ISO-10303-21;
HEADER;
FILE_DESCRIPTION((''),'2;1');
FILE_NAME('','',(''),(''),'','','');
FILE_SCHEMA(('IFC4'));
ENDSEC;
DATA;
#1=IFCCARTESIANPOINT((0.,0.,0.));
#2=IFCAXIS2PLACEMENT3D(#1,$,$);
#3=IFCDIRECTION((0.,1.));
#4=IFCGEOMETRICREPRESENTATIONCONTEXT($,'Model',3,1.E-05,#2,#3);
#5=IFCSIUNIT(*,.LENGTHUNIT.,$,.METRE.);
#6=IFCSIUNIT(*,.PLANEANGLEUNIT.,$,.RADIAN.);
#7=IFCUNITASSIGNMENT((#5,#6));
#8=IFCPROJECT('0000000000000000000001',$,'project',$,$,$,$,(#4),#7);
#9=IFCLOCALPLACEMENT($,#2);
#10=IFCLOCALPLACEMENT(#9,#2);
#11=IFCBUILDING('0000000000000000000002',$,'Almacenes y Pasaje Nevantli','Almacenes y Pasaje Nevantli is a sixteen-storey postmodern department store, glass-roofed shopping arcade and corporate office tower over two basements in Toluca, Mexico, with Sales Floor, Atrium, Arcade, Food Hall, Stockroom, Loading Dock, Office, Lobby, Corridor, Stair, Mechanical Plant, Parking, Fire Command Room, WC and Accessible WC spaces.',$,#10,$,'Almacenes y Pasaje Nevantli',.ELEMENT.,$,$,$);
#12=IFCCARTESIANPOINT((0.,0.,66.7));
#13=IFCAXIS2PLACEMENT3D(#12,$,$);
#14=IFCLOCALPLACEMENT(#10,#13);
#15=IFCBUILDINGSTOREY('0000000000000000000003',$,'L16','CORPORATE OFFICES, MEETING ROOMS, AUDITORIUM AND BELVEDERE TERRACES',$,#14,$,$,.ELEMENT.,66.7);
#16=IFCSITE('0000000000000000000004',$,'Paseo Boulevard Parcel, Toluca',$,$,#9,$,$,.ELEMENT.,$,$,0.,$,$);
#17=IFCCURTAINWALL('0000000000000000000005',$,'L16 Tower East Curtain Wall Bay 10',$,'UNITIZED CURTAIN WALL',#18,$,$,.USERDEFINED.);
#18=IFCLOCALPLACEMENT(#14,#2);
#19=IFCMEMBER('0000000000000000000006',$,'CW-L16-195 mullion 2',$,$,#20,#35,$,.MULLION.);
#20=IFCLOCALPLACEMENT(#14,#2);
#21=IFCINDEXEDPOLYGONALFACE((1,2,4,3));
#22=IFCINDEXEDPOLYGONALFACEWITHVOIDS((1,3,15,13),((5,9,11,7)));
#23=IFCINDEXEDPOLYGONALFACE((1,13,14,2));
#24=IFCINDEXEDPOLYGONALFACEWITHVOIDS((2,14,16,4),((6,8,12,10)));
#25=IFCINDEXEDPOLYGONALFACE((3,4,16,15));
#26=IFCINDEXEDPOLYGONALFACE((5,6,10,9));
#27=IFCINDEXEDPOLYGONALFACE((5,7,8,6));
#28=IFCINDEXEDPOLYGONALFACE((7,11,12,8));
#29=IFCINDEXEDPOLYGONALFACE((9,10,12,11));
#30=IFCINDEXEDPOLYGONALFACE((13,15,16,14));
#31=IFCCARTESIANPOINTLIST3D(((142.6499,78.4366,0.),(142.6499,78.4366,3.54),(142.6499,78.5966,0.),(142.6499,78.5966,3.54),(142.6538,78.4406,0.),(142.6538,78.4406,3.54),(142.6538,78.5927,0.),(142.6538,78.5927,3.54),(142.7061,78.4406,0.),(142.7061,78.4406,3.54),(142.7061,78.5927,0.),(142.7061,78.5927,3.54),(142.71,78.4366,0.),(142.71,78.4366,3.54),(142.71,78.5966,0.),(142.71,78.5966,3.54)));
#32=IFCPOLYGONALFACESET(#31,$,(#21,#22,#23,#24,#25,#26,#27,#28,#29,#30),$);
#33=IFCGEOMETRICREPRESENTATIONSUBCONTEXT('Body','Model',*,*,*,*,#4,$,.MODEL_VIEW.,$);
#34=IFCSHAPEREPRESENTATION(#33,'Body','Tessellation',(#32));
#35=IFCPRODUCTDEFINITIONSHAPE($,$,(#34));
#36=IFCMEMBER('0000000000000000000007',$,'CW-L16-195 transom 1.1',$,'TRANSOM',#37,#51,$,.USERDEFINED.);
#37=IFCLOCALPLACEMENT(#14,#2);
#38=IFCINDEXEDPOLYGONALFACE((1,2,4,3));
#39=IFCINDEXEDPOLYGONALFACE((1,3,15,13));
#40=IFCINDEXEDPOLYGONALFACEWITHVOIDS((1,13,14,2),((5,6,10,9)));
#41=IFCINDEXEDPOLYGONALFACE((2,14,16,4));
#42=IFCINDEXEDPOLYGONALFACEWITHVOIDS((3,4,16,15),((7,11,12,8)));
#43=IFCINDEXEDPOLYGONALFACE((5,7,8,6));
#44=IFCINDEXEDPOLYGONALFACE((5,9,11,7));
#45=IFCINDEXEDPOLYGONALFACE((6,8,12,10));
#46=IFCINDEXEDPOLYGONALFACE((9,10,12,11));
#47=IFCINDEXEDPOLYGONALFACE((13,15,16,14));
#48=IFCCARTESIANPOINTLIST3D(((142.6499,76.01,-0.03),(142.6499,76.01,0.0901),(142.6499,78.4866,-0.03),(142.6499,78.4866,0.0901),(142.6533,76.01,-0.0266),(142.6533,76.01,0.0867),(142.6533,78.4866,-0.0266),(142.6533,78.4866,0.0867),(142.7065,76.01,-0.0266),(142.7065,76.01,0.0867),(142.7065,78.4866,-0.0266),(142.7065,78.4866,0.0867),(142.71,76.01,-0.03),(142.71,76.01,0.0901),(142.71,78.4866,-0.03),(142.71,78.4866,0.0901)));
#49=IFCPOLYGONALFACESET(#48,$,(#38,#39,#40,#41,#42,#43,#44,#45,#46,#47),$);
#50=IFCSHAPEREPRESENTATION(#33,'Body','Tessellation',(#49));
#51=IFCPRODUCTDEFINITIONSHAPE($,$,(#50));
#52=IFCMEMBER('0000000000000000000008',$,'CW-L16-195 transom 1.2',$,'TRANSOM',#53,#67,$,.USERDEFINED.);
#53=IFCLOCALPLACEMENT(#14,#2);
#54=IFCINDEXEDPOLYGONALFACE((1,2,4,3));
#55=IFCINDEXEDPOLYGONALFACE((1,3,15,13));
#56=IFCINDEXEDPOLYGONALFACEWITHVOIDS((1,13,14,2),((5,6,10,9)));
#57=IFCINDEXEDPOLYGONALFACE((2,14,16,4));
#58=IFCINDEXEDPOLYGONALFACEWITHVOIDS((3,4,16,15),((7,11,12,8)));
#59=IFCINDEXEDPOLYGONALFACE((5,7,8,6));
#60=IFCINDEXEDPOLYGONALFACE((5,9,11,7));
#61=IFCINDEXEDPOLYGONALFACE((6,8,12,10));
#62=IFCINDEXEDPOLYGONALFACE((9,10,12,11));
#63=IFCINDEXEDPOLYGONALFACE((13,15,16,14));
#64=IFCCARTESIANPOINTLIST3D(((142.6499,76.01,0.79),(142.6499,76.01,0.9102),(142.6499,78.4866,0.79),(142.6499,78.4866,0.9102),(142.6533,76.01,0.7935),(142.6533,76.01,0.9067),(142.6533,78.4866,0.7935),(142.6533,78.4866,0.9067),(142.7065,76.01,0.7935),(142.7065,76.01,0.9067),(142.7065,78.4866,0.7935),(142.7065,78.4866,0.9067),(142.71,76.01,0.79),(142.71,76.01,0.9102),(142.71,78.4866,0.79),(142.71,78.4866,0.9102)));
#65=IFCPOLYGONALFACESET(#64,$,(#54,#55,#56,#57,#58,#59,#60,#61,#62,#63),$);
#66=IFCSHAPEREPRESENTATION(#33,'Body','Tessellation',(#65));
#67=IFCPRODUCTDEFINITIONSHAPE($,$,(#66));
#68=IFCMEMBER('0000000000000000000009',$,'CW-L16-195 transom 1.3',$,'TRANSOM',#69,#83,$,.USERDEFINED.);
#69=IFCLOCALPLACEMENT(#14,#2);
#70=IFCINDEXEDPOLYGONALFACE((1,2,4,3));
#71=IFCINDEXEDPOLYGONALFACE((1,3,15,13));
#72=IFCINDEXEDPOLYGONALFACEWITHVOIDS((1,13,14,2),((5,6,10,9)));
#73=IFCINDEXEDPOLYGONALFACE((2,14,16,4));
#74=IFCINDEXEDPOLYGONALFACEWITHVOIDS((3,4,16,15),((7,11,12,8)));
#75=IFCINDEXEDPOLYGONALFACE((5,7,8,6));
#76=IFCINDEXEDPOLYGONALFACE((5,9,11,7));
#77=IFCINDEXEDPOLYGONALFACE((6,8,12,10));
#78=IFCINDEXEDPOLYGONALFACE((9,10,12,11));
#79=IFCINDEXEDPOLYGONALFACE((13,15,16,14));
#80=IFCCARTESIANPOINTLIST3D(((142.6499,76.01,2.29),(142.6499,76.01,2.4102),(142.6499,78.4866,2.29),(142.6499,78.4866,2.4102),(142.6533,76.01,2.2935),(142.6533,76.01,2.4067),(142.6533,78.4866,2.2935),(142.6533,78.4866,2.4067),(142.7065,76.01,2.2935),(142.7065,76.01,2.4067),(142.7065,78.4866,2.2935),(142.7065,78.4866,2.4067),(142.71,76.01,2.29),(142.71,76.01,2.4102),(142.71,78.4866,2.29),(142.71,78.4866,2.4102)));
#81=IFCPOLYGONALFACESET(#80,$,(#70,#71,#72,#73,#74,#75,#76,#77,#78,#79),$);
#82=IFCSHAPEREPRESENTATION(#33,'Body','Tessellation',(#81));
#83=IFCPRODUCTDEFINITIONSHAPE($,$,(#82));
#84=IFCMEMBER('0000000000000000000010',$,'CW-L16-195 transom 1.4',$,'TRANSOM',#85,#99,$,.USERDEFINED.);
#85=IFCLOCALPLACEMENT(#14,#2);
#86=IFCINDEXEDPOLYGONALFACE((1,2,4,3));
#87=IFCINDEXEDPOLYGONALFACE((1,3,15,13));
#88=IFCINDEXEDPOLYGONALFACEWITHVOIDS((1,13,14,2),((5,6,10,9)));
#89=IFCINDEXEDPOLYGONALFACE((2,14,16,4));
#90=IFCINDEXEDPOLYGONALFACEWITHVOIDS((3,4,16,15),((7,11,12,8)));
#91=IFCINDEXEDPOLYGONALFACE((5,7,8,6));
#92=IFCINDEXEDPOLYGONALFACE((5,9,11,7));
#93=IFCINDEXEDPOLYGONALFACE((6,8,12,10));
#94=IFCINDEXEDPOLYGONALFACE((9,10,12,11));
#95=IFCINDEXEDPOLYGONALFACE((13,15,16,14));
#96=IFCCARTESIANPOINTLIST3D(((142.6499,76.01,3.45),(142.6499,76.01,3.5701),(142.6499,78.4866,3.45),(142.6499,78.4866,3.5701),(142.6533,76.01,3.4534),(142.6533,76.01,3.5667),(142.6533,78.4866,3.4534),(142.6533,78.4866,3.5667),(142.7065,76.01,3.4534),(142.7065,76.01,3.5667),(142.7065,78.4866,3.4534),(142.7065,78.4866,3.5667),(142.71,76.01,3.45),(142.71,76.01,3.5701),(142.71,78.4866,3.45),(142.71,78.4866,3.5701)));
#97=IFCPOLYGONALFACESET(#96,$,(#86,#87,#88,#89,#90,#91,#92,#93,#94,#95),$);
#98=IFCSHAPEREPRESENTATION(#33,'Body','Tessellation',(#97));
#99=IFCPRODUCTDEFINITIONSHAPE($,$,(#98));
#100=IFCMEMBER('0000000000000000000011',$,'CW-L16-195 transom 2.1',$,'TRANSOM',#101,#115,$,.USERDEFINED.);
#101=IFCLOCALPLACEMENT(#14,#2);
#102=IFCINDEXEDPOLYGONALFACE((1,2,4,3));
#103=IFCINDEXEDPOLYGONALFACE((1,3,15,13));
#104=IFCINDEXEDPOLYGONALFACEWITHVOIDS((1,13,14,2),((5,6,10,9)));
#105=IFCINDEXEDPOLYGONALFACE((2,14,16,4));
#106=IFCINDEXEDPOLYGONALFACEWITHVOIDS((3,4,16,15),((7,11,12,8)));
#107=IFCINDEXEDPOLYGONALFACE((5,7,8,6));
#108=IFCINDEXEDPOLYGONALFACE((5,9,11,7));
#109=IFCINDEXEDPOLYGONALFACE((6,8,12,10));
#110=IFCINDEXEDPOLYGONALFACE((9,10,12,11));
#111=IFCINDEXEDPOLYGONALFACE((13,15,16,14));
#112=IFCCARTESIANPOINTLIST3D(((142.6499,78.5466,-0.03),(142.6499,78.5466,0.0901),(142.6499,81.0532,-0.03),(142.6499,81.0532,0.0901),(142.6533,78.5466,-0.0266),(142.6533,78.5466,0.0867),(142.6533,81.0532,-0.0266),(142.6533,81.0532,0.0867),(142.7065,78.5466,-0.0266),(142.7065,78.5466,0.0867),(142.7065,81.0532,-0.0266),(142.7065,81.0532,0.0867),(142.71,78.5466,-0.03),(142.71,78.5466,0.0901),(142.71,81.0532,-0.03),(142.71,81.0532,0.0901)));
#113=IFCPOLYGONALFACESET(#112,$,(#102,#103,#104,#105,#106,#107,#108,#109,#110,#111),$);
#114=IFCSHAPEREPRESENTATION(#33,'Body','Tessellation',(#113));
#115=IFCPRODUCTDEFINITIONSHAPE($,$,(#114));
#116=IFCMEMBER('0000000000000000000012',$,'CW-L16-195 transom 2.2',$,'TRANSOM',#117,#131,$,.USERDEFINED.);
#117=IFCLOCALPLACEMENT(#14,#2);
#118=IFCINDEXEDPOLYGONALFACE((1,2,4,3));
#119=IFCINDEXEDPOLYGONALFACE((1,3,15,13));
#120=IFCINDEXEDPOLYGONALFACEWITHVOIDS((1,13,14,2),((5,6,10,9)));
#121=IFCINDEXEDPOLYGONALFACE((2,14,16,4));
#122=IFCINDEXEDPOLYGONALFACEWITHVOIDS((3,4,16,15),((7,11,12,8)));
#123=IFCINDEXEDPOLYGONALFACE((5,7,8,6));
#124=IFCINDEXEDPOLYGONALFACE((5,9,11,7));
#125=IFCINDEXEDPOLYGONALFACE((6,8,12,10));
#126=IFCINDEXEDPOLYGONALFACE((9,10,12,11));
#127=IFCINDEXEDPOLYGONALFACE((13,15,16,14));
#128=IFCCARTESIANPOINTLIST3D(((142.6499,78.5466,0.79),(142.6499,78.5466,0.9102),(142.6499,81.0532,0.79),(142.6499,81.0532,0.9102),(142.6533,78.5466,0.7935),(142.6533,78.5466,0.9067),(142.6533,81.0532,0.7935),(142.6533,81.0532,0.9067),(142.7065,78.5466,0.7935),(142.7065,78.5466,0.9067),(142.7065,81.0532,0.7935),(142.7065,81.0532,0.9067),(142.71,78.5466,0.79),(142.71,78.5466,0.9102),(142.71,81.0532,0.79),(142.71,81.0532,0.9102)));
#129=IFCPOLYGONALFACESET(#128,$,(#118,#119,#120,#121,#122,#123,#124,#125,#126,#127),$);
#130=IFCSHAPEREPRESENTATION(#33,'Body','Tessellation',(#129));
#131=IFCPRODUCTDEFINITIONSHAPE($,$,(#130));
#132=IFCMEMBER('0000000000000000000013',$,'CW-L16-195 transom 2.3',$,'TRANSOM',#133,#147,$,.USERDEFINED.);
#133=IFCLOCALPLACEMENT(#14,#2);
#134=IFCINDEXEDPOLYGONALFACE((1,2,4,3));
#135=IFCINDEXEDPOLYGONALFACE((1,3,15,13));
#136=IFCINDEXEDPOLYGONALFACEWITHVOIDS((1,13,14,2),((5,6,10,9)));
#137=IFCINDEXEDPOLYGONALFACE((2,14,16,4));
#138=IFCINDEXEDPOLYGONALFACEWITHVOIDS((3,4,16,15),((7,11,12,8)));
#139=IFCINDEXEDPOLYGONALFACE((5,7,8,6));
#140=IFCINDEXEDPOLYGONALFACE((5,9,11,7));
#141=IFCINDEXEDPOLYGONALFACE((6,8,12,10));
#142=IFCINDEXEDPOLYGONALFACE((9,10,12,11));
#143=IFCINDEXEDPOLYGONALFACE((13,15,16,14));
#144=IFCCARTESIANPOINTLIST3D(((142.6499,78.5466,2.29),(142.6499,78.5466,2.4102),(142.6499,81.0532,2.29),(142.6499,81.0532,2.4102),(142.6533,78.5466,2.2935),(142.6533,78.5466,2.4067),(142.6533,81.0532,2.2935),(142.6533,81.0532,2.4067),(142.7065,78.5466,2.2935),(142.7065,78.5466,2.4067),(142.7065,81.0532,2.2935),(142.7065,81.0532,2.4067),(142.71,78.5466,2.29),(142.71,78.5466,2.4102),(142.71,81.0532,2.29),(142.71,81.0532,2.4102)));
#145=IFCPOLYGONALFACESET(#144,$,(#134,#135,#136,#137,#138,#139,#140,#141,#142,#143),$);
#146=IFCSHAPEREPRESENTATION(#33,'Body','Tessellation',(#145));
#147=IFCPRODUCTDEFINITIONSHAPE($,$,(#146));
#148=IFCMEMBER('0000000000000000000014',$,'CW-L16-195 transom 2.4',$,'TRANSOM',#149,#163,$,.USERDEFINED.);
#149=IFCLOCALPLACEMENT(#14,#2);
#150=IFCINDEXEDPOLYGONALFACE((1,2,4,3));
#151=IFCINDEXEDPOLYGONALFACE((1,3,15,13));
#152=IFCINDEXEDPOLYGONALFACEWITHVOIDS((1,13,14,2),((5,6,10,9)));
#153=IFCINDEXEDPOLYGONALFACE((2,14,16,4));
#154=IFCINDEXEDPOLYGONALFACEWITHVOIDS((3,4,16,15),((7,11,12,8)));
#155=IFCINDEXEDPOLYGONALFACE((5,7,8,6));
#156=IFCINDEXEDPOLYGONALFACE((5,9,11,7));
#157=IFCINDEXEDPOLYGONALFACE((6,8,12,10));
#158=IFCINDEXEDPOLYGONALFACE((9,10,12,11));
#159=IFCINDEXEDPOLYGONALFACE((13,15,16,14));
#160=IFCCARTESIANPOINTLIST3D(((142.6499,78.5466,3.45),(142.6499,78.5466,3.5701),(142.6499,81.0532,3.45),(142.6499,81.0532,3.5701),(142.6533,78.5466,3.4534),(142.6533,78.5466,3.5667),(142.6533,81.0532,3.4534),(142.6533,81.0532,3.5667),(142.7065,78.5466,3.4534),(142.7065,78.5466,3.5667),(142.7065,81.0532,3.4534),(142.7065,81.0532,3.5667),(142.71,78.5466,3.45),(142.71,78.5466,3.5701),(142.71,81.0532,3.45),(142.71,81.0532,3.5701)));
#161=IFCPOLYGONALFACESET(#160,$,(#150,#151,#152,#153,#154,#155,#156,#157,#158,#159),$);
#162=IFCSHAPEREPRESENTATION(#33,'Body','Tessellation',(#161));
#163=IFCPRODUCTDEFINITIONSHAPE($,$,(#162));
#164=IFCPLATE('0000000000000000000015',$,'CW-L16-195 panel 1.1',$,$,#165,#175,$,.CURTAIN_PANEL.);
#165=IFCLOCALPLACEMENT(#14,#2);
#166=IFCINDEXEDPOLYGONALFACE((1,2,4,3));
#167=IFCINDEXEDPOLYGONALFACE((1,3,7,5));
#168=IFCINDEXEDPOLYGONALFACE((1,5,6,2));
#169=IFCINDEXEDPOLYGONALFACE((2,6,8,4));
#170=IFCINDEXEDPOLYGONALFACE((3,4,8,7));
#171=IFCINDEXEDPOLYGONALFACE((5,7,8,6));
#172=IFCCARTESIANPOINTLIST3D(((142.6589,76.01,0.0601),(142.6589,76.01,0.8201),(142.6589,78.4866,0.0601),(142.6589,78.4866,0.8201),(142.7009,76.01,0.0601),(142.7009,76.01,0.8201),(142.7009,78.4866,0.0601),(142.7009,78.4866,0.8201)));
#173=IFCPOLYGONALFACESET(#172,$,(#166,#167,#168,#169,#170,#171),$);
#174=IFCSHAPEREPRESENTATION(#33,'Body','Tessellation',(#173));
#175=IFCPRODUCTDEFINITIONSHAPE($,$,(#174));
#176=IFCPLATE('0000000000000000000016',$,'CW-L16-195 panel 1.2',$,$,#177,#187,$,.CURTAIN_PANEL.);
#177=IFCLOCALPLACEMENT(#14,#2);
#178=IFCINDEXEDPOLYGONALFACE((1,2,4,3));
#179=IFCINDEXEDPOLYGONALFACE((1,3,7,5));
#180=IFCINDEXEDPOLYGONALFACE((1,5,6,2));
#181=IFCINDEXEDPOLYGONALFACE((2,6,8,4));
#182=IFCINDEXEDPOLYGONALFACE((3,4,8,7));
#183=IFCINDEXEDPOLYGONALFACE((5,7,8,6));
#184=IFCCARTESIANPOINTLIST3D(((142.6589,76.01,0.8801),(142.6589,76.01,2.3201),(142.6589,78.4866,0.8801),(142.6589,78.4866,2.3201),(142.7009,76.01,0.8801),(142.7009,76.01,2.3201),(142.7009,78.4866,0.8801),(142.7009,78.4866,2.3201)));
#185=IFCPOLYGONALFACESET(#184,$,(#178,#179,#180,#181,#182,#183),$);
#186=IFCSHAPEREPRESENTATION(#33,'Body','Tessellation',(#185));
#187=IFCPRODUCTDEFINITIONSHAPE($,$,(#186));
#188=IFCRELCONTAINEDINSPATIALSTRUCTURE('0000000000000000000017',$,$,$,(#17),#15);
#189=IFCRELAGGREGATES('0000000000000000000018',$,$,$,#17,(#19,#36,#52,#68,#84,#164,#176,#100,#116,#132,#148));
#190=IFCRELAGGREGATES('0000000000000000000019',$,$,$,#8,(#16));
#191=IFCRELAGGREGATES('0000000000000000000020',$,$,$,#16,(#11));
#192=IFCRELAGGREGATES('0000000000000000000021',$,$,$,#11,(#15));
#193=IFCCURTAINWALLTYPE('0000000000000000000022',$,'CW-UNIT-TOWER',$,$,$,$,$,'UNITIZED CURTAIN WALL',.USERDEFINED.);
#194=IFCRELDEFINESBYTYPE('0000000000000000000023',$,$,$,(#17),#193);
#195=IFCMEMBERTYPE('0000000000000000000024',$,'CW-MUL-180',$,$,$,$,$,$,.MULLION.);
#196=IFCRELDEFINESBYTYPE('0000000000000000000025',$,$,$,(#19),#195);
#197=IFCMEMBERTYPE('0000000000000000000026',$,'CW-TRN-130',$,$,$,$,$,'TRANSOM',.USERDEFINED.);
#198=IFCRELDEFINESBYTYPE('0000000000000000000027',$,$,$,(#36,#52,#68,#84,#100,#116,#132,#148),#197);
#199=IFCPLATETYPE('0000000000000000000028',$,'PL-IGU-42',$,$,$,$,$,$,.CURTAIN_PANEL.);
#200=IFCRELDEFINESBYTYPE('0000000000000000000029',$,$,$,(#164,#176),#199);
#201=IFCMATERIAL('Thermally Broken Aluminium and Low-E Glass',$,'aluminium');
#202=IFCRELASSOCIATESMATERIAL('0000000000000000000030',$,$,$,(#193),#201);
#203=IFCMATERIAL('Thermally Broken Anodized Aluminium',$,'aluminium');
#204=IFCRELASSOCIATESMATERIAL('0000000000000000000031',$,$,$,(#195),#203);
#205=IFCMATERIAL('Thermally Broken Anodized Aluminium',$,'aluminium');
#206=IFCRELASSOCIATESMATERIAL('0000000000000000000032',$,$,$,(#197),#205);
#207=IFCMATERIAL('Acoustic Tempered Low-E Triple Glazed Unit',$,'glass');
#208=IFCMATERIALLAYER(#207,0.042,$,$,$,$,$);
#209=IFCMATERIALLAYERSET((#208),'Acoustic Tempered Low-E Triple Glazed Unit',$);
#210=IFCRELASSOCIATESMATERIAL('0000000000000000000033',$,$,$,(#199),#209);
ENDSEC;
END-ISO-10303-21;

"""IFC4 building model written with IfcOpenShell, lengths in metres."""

from ifc_helpers import new_model, si_unit, direction, frame, origin, origin_2d, place, context, subcontext, project, spatial, rectangle, hollow_rectangle, extrude, material, layer, layer_set, material_profile, profile_set, type_object, element, aggregate, save


model = new_model("IFC4")

# Units and contexts
model_context = context("Model", 3, precision=1e-05, world=origin(), true_north=direction((0.0, 1.0)))
body_context = subcontext(model_context, "Body", "Model", "MODEL_VIEW")
ifc_project = project(units=[si_unit("LENGTHUNIT", "METRE"), si_unit("PLANEANGLEUNIT", "RADIAN")], contexts=[model_context])

# Site, building, storey
site_placement = place(None, origin())
site = spatial("IfcSite", under=ifc_project, at=site_placement, Name="Paseo Boulevard Parcel, Toluca", CompositionType="ELEMENT", RefElevation=0.0)
building_placement = place(site_placement, origin())
building = spatial("IfcBuilding", under=site, at=building_placement, Name="Almacenes y Pasaje Nevantli", Description="Almacenes y Pasaje Nevantli is a sixteen-storey postmodern department store, glass-roofed shopping arcade and corporate office tower over two basements in Toluca, Mexico, with Sales Floor, Atrium, Arcade, Food Hall, Stockroom, Loading Dock, Office, Lobby, Corridor, Stair, Mechanical Plant, Parking, Fire Command Room, WC and Accessible WC spaces.", LongName="Almacenes y Pasaje Nevantli", CompositionType="ELEMENT")
storey_placement = place(building_placement, frame((0.0, 0.0, 66.7)))
storey = spatial("IfcBuildingStorey", under=building, at=storey_placement, Name="L16", Description="CORPORATE OFFICES, MEETING ROOMS, AUDITORIUM AND BELVEDERE TERRACES", CompositionType="ELEMENT", Elevation=66.7)

# Curtain wall, members, plates
ifc_material_1 = material(Name="Thermally Broken Aluminium and Low-E Glass", Category="aluminium")
curtain_wall_type = type_object("IfcCurtainWallType", Name="CW-UNIT-TOWER", ElementType="UNITIZED CURTAIN WALL", PredefinedType="USERDEFINED", material=ifc_material_1)
curtain_wall_placement = place(storey_placement, origin())
curtain_wall = element("IfcCurtainWall", 1, at=curtain_wall_placement, inside=storey, type_object=curtain_wall_type, Name="L16 Tower East Curtain Wall Bay 10", ObjectType="UNITIZED CURTAIN WALL", PredefinedType="USERDEFINED")
ifc_material_2 = material(Name="Thermally Broken Anodized Aluminium", Category="aluminium")
ifc_material_profile_1 = material_profile(ifc_material_2, hollow_rectangle(XDim=0.0601, YDim=0.1599, WallThickness=0.0039, at=origin_2d()), Name="ALU-MUL-60x160")
ifc_profile_set_1 = profile_set([ifc_material_profile_1], Name="Thermally Broken Anodized Aluminium")
member_type_1 = type_object("IfcMemberType", Name="CW-MUL-180", PredefinedType="MULLION", material=ifc_profile_set_1)
member_1_placement = place(storey_placement, frame((142.6799, 78.5166, 0.0), z_axis=(0.0, 0.0, 1.0), x_axis=(-1.0, 0.0, 0.0)))
member_1 = element("IfcMember", 2, at=member_1_placement, type_object=member_type_1, Name="CW-L16-195 mullion 2", PredefinedType="MULLION", context=body_context, shape_type="SweptSolid", body=[
    extrude(hollow_rectangle(XDim=0.0601, YDim=0.1599, WallThickness=0.0039, at=origin_2d()), origin(), (0.0, 0.0, 1.0), 3.54),
])
ifc_material_3 = material(Name="Thermally Broken Anodized Aluminium", Category="aluminium")
ifc_material_profile_2 = material_profile(ifc_material_3, hollow_rectangle(XDim=0.0601, YDim=0.1201, WallThickness=0.0034, at=origin_2d()), Name="ALU-TRN-60x120")
ifc_profile_set_2 = profile_set([ifc_material_profile_2], Name="Thermally Broken Anodized Aluminium")
member_type_2 = type_object("IfcMemberType", Name="CW-TRN-130", ElementType="TRANSOM", PredefinedType="USERDEFINED", material=ifc_profile_set_2)
member_2_placement = place(storey_placement, frame((142.6799, 76.01, 0.03), z_axis=(0.0, 1.0, 0.0), x_axis=(-1.0, 0.0, 0.0)))
member_2 = element("IfcMember", 3, at=member_2_placement, type_object=member_type_2, Name="CW-L16-195 transom 1.1", ObjectType="TRANSOM", PredefinedType="USERDEFINED", context=body_context, shape_type="SweptSolid", body=[
    extrude(hollow_rectangle(XDim=0.0601, YDim=0.1201, WallThickness=0.0034, at=origin_2d()), origin(), (0.0, 0.0, 1.0), 2.4766),
])
member_3_placement = place(storey_placement, frame((142.6799, 76.01, 0.8501), z_axis=(0.0, 1.0, 0.0), x_axis=(-1.0, 0.0, 0.0)))
member_3 = element("IfcMember", 4, at=member_3_placement, type_object=member_type_2, Name="CW-L16-195 transom 1.2", ObjectType="TRANSOM", PredefinedType="USERDEFINED", context=body_context, shape_type="SweptSolid", body=[
    extrude(hollow_rectangle(XDim=0.0601, YDim=0.1201, WallThickness=0.0034, at=origin_2d()), origin(), (0.0, 0.0, 1.0), 2.4766),
])
member_4_placement = place(storey_placement, frame((142.6799, 76.01, 2.3501), z_axis=(0.0, 1.0, 0.0), x_axis=(-1.0, 0.0, 0.0)))
member_4 = element("IfcMember", 5, at=member_4_placement, type_object=member_type_2, Name="CW-L16-195 transom 1.3", ObjectType="TRANSOM", PredefinedType="USERDEFINED", context=body_context, shape_type="SweptSolid", body=[
    extrude(hollow_rectangle(XDim=0.0601, YDim=0.1201, WallThickness=0.0034, at=origin_2d()), origin(), (0.0, 0.0, 1.0), 2.4766),
])
member_5_placement = place(storey_placement, frame((142.6799, 76.01, 3.51), z_axis=(0.0, 1.0, 0.0), x_axis=(-1.0, 0.0, 0.0)))
member_5 = element("IfcMember", 6, at=member_5_placement, type_object=member_type_2, Name="CW-L16-195 transom 1.4", ObjectType="TRANSOM", PredefinedType="USERDEFINED", context=body_context, shape_type="SweptSolid", body=[
    extrude(hollow_rectangle(XDim=0.0601, YDim=0.1201, WallThickness=0.0034, at=origin_2d()), origin(), (0.0, 0.0, 1.0), 2.4766),
])
member_6_placement = place(storey_placement, frame((142.6799, 78.5466, 0.03), z_axis=(0.0, 1.0, 0.0), x_axis=(-1.0, 0.0, 0.0)))
member_6 = element("IfcMember", 7, at=member_6_placement, type_object=member_type_2, Name="CW-L16-195 transom 2.1", ObjectType="TRANSOM", PredefinedType="USERDEFINED", context=body_context, shape_type="SweptSolid", body=[
    extrude(hollow_rectangle(XDim=0.0601, YDim=0.1201, WallThickness=0.0034, at=origin_2d()), origin(), (0.0, 0.0, 1.0), 2.5066),
])
member_7_placement = place(storey_placement, frame((142.6799, 78.5466, 0.8501), z_axis=(0.0, 1.0, 0.0), x_axis=(-1.0, 0.0, 0.0)))
member_7 = element("IfcMember", 8, at=member_7_placement, type_object=member_type_2, Name="CW-L16-195 transom 2.2", ObjectType="TRANSOM", PredefinedType="USERDEFINED", context=body_context, shape_type="SweptSolid", body=[
    extrude(hollow_rectangle(XDim=0.0601, YDim=0.1201, WallThickness=0.0034, at=origin_2d()), origin(), (0.0, 0.0, 1.0), 2.5066),
])
member_8_placement = place(storey_placement, frame((142.6799, 78.5466, 2.3501), z_axis=(0.0, 1.0, 0.0), x_axis=(-1.0, 0.0, 0.0)))
member_8 = element("IfcMember", 9, at=member_8_placement, type_object=member_type_2, Name="CW-L16-195 transom 2.3", ObjectType="TRANSOM", PredefinedType="USERDEFINED", context=body_context, shape_type="SweptSolid", body=[
    extrude(hollow_rectangle(XDim=0.0601, YDim=0.1201, WallThickness=0.0034, at=origin_2d()), origin(), (0.0, 0.0, 1.0), 2.5066),
])
member_9_placement = place(storey_placement, frame((142.6799, 78.5466, 3.51), z_axis=(0.0, 1.0, 0.0), x_axis=(-1.0, 0.0, 0.0)))
member_9 = element("IfcMember", 10, at=member_9_placement, type_object=member_type_2, Name="CW-L16-195 transom 2.4", ObjectType="TRANSOM", PredefinedType="USERDEFINED", context=body_context, shape_type="SweptSolid", body=[
    extrude(hollow_rectangle(XDim=0.0601, YDim=0.1201, WallThickness=0.0034, at=origin_2d()), origin(), (0.0, 0.0, 1.0), 2.5066),
])
ifc_material_4 = material(Name="Acoustic Tempered Low-E Triple Glazed Unit", Category="glass")
ifc_layer_1 = layer(ifc_material_4, 0.042)
ifc_layer_set_1 = layer_set([ifc_layer_1], Name="Acoustic Tempered Low-E Triple Glazed Unit")
plate_type = type_object("IfcPlateType", Name="PL-IGU-42", PredefinedType="CURTAIN_PANEL", material=ifc_layer_set_1)
plate_1_placement = place(storey_placement, frame((142.6799, 77.2483, 0.0601), z_axis=(0.0, 0.0, 1.0), x_axis=(0.0, 1.0, 0.0)))
plate_1 = element("IfcPlate", 11, at=plate_1_placement, type_object=plate_type, Name="CW-L16-195 panel 1.1", PredefinedType="CURTAIN_PANEL", context=body_context, shape_type="SweptSolid", body=[
    extrude(rectangle(XDim=2.4766, YDim=0.042, at=origin_2d()), origin(), (0.0, 0.0, 1.0), 0.76),
])
plate_2_placement = place(storey_placement, frame((142.6799, 77.2483, 0.8801), z_axis=(0.0, 0.0, 1.0), x_axis=(0.0, 1.0, 0.0)))
plate_2 = element("IfcPlate", 12, at=plate_2_placement, type_object=plate_type, Name="CW-L16-195 panel 1.2", PredefinedType="CURTAIN_PANEL", context=body_context, shape_type="SweptSolid", body=[
    extrude(rectangle(XDim=2.4766, YDim=0.042, at=origin_2d()), origin(), (0.0, 0.0, 1.0), 1.4399),
])
aggregate(curtain_wall, [member_1, member_2, member_3, member_4, member_5, plate_1, plate_2, member_6, member_7, member_8, member_9])

save(model, "model.ifc")
